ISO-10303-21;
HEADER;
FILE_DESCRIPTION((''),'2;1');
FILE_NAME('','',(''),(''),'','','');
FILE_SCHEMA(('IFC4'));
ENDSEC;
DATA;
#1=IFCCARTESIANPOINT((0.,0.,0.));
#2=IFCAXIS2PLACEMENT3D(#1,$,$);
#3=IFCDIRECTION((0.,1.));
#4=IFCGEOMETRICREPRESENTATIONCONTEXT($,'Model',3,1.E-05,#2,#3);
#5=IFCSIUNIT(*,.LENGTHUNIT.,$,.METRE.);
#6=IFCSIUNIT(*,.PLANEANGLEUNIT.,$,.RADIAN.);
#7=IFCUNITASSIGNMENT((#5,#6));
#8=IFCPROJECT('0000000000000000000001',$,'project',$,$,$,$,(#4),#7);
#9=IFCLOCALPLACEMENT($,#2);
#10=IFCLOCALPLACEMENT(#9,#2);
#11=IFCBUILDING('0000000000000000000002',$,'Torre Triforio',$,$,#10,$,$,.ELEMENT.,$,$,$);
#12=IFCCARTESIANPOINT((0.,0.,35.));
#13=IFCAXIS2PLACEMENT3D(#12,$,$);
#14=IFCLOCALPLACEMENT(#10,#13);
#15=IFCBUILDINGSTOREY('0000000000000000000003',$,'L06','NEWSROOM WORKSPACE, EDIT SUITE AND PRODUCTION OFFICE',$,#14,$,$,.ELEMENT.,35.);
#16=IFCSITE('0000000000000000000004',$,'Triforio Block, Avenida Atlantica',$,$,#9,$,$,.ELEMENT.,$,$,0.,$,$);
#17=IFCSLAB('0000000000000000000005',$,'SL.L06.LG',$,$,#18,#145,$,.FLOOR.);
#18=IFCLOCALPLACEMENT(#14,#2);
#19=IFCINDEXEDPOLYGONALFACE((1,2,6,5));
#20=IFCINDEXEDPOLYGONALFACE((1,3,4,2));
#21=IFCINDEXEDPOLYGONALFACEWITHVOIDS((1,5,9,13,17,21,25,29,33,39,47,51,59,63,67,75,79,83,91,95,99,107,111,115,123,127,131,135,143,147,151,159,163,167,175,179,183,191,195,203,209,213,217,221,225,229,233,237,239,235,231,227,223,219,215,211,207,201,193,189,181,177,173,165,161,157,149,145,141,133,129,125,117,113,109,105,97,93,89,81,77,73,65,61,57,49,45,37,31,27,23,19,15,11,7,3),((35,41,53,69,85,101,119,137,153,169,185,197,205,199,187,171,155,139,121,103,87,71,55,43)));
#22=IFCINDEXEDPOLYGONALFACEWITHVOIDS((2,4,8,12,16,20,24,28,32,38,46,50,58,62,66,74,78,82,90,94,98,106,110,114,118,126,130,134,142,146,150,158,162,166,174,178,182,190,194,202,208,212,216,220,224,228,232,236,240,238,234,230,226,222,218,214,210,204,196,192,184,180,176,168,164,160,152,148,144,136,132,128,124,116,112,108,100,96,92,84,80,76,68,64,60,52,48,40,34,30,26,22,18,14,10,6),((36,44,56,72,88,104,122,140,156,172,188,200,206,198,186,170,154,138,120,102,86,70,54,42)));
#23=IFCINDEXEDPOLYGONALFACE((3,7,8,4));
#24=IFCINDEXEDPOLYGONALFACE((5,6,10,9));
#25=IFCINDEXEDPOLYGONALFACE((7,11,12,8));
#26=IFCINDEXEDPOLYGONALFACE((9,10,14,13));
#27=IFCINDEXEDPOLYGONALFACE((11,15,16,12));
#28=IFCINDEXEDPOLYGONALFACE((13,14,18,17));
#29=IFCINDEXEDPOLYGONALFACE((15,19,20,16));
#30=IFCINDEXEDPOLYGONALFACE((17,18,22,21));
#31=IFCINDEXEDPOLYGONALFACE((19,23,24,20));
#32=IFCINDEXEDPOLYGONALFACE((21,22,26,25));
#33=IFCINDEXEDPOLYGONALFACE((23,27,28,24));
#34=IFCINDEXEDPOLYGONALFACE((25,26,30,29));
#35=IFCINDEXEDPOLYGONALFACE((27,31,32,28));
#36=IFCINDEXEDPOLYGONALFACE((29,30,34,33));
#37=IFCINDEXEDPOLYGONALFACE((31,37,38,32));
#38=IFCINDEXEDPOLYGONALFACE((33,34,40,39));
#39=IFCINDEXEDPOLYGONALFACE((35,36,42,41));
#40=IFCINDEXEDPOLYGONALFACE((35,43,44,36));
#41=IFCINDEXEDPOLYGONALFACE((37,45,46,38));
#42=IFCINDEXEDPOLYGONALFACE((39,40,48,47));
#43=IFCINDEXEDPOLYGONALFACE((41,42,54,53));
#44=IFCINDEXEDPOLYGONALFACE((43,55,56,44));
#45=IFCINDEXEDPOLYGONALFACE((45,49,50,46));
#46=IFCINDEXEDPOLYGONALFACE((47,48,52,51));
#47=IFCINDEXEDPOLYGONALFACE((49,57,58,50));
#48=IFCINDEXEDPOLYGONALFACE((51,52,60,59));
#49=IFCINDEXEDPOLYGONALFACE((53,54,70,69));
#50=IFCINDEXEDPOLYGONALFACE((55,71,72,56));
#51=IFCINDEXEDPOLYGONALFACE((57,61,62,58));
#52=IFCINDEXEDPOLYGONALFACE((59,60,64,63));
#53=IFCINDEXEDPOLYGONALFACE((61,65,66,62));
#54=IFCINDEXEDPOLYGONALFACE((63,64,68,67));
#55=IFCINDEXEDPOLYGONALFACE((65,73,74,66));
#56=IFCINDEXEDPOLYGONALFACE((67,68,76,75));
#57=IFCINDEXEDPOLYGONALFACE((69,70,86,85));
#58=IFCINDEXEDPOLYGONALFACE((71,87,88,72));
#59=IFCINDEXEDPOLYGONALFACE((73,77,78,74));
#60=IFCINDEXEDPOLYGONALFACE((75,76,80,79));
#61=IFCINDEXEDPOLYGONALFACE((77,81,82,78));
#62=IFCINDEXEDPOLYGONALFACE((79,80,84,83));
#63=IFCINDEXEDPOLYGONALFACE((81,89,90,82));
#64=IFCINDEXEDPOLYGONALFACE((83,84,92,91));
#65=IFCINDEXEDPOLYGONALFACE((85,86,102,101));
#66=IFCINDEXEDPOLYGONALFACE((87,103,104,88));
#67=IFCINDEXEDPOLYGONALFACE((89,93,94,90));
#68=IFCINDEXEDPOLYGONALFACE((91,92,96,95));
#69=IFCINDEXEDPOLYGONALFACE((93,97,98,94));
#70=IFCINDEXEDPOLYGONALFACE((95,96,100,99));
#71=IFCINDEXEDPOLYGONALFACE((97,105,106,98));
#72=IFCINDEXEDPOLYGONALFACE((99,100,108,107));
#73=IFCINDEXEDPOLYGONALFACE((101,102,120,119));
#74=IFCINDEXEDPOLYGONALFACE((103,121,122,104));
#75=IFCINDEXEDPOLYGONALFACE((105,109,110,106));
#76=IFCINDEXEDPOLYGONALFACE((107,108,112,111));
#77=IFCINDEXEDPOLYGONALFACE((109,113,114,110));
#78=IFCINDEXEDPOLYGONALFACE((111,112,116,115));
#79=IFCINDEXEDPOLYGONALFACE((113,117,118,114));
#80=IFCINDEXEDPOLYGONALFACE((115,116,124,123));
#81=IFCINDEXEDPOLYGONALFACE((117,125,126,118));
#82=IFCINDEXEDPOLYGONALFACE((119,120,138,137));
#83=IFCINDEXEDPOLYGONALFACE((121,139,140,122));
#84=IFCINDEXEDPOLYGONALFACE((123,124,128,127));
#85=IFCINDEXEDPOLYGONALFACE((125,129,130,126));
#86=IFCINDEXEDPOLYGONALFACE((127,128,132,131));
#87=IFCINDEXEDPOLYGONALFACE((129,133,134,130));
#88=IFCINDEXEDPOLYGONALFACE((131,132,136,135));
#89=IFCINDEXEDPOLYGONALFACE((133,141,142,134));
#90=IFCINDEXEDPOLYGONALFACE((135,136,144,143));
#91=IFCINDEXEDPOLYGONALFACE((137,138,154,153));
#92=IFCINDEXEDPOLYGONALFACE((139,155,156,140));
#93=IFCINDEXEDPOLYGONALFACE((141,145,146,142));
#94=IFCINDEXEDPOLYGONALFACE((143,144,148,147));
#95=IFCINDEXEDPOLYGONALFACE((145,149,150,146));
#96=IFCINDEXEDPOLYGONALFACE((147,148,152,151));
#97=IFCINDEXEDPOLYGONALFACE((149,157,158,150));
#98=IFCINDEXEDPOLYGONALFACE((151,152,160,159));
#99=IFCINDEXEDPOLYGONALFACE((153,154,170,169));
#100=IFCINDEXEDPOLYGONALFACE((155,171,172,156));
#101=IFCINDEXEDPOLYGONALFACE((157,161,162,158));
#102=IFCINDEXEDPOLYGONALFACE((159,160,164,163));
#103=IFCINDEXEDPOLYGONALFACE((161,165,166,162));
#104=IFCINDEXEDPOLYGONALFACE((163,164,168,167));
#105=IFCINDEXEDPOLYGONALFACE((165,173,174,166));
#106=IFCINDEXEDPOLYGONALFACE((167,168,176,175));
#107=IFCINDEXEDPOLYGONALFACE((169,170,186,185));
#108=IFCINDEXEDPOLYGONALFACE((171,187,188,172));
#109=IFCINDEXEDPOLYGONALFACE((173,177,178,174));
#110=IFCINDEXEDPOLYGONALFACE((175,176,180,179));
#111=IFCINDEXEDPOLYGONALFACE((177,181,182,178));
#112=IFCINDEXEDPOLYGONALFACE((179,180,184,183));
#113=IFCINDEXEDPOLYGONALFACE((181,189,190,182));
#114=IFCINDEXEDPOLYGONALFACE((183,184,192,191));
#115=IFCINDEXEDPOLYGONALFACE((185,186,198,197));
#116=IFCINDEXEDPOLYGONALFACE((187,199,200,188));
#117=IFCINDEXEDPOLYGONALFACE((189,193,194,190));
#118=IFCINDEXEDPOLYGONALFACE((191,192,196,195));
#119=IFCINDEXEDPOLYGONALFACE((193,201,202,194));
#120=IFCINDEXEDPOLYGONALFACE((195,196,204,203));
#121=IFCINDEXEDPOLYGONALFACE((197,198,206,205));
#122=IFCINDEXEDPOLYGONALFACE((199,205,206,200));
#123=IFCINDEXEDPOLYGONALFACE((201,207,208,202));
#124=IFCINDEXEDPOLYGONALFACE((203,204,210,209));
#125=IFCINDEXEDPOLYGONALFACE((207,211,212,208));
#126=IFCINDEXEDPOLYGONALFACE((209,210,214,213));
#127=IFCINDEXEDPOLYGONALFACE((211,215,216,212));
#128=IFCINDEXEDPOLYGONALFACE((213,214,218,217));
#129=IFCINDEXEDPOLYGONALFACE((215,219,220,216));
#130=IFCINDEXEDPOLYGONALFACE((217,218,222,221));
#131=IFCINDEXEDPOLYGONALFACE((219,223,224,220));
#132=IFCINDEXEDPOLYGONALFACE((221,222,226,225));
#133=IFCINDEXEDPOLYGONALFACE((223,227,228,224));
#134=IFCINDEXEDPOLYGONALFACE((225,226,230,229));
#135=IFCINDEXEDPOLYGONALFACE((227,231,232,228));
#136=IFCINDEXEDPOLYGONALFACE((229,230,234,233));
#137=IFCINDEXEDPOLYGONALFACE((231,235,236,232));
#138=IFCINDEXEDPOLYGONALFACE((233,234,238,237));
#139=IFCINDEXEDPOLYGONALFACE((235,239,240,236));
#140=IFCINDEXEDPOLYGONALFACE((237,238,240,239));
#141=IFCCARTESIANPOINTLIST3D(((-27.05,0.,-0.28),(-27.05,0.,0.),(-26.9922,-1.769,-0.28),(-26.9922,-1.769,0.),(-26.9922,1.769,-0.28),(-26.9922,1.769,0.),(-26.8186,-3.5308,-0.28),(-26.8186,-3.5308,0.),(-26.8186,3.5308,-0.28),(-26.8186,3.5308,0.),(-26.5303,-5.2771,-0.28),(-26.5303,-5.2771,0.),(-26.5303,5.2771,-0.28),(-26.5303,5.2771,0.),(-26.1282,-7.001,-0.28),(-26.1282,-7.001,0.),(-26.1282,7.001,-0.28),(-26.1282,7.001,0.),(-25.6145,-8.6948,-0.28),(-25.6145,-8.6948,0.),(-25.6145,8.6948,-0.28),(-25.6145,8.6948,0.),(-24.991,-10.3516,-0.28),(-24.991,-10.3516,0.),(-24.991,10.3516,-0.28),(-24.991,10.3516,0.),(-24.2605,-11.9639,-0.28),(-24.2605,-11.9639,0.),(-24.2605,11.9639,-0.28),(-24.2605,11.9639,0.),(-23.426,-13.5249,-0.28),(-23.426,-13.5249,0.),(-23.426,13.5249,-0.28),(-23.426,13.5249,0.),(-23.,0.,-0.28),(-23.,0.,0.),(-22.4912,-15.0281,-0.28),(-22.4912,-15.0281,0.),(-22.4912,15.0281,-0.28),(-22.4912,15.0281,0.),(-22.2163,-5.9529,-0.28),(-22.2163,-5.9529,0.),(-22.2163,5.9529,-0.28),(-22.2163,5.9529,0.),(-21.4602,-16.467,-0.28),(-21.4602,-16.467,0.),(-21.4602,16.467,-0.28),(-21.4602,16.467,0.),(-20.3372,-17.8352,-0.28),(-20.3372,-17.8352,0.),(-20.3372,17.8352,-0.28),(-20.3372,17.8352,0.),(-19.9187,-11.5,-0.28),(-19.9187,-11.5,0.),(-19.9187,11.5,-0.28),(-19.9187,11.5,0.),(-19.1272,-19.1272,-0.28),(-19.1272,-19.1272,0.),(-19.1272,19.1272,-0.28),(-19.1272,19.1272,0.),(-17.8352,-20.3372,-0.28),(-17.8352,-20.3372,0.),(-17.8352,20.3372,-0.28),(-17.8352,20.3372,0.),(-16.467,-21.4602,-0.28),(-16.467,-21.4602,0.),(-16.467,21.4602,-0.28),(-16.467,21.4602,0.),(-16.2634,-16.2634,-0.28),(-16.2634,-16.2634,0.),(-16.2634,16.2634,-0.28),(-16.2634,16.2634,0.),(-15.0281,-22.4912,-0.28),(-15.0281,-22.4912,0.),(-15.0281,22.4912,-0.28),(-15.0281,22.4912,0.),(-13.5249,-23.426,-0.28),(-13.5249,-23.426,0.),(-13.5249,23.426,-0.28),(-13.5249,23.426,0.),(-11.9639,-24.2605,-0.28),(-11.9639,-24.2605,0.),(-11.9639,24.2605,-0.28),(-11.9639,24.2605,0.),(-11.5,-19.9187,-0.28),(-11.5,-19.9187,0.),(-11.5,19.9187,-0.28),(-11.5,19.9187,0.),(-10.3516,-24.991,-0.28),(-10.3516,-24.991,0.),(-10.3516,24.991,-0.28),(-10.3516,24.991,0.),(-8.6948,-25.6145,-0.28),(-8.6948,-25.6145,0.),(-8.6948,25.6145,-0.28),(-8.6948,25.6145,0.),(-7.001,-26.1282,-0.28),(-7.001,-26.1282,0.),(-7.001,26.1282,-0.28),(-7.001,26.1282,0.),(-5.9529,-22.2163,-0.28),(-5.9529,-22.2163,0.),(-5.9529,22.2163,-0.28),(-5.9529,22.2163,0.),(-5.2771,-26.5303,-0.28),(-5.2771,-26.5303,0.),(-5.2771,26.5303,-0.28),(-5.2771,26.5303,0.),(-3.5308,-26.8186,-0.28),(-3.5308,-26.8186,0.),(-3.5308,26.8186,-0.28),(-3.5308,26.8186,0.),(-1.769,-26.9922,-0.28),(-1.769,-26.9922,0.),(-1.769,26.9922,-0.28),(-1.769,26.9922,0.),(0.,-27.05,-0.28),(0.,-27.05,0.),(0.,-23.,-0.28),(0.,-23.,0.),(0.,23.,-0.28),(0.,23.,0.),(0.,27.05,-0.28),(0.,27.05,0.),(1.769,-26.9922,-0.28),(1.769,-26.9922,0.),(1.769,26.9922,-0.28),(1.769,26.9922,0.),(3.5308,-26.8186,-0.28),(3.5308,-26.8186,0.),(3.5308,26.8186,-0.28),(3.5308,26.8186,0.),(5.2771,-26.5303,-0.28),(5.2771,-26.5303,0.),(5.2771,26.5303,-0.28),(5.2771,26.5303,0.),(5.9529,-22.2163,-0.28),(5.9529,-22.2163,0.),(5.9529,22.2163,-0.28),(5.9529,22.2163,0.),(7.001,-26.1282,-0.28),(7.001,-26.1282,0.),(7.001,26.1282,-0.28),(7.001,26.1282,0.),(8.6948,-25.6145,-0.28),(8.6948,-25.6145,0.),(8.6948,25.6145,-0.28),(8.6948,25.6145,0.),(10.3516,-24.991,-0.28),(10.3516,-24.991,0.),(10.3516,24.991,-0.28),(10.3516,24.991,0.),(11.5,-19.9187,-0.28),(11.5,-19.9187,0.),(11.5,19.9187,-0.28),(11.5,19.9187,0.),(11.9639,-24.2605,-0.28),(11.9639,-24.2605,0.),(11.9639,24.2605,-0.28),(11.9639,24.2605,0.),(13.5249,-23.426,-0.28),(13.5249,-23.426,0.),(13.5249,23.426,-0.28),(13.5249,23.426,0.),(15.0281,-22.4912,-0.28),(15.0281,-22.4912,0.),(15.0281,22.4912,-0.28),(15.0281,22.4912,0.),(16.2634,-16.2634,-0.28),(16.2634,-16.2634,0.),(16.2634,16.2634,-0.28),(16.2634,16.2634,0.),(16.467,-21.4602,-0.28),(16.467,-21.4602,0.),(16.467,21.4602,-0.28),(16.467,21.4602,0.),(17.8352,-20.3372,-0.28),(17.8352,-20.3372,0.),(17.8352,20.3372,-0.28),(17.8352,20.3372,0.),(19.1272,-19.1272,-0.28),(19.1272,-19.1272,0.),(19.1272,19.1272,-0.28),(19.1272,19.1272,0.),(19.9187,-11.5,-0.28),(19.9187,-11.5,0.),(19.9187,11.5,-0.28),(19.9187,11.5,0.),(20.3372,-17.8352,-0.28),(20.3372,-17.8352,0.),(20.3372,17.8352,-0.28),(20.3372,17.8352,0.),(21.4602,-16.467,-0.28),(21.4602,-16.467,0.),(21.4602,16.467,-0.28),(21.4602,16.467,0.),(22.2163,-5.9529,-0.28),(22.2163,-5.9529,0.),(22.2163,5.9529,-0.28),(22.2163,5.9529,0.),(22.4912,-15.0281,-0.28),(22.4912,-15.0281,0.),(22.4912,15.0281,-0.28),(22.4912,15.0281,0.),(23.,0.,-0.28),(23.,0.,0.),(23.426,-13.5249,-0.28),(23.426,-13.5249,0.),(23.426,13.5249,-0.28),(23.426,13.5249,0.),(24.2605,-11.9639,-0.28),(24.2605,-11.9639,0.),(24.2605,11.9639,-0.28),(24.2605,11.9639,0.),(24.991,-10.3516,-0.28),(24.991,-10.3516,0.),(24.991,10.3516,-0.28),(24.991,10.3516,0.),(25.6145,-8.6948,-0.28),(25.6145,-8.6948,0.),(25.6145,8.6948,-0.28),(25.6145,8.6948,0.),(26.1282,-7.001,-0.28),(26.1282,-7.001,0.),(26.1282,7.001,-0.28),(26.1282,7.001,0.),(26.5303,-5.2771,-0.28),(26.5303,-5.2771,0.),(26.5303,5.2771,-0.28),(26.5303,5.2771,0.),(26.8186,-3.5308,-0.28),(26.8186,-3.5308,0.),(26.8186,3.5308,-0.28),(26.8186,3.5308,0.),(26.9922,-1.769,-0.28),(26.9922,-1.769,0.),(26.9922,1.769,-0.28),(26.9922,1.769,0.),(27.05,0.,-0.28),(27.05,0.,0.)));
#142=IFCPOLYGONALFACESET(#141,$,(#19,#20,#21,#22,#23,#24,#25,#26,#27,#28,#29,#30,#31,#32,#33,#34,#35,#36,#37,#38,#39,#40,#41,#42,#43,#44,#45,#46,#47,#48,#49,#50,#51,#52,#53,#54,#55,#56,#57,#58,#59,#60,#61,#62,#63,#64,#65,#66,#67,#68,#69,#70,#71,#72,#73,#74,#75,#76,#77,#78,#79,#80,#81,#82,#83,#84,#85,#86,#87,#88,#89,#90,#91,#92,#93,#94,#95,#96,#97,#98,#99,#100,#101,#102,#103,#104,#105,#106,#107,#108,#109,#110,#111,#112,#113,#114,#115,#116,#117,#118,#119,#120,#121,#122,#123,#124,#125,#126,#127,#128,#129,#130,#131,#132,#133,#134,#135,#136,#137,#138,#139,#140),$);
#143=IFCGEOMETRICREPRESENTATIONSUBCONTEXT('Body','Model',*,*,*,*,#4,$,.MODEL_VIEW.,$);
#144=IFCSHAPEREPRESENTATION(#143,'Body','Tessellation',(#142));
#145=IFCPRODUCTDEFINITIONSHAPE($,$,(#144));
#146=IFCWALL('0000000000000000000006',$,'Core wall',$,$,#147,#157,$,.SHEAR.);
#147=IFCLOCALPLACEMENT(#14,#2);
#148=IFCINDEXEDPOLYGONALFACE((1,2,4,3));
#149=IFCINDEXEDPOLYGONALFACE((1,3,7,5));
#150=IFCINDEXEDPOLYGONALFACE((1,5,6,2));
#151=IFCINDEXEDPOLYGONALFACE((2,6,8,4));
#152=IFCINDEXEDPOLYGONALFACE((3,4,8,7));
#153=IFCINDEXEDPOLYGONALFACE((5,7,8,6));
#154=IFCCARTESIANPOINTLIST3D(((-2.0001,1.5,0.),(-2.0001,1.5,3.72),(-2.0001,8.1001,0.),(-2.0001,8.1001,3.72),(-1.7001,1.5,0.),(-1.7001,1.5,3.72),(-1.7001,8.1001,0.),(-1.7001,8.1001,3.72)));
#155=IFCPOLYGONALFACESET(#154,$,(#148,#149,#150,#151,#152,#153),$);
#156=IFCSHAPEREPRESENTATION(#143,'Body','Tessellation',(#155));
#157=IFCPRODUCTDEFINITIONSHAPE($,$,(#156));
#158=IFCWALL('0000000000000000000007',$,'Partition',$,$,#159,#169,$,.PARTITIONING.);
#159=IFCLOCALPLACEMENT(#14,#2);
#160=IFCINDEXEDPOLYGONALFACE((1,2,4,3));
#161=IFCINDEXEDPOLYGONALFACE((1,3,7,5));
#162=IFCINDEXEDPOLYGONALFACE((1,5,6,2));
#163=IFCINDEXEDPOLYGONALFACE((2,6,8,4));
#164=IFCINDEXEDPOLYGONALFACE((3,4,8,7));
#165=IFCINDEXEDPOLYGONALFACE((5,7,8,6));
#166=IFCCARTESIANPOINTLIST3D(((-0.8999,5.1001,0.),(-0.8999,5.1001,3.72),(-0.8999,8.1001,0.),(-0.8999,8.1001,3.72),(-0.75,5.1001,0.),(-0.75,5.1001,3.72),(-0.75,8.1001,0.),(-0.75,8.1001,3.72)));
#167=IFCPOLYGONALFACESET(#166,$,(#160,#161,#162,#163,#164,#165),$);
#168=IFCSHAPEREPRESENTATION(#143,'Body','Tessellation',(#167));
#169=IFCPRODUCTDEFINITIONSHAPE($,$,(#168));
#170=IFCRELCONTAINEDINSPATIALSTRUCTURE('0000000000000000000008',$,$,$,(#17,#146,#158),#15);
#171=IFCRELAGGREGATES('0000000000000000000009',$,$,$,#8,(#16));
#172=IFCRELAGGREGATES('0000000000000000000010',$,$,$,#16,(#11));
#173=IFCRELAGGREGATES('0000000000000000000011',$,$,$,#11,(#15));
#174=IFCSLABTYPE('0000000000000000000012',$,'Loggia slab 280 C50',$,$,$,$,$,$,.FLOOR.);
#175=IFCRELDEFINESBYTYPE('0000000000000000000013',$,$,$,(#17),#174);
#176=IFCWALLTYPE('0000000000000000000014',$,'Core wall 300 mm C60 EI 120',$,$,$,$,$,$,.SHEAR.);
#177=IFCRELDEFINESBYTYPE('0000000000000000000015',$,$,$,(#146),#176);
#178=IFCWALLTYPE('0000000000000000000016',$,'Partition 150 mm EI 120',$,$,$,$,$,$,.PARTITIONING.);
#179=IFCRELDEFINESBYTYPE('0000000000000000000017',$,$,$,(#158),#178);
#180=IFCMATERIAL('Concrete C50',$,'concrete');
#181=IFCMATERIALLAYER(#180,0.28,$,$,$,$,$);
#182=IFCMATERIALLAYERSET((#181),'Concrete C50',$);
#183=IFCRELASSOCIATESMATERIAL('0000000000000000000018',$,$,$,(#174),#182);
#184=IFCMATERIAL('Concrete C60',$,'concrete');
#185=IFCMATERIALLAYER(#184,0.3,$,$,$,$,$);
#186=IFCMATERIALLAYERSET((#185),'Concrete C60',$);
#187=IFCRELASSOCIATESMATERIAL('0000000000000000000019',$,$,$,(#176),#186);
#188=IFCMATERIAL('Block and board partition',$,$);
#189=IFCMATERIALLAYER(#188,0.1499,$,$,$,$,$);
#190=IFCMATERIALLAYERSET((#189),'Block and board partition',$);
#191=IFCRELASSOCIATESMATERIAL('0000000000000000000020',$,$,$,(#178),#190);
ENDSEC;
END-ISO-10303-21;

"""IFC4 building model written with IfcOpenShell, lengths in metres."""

from ifc_helpers import new_model, si_unit, direction, frame, frame_2d, origin, place, context, subcontext, project, spatial, polyline, rectangle, outline, extrude, material, layer, layer_set, type_object, element, save


model = new_model("IFC4")

# Units and contexts
model_context = context("Model", 3, precision=1e-05, world=origin(), true_north=direction((0.0, 1.0)))
body_context = subcontext(model_context, "Body", "Model", "MODEL_VIEW")
ifc_project = project(units=[si_unit("LENGTHUNIT", "METRE"), si_unit("PLANEANGLEUNIT", "RADIAN")], contexts=[model_context])

# Site, building, storey
site_placement = place(None, origin())
site = spatial("IfcSite", under=ifc_project, at=site_placement, Name="Triforio Block, Avenida Atlantica", CompositionType="ELEMENT", RefElevation=0.0)
building_placement = place(site_placement, origin())
building = spatial("IfcBuilding", under=site, at=building_placement, Name="Torre Triforio", CompositionType="ELEMENT")
storey_placement = place(building_placement, frame((0.0, 0.0, 35.0)))
storey = spatial("IfcBuildingStorey", under=building, at=storey_placement, Name="L06", Description="NEWSROOM WORKSPACE, EDIT SUITE AND PRODUCTION OFFICE", CompositionType="ELEMENT", Elevation=35.0)

# Slab
ifc_material_1 = material(Name="Concrete C50", Category="concrete")
ifc_layer_1 = layer(ifc_material_1, 0.28)
ifc_layer_set_1 = layer_set([ifc_layer_1], Name="Concrete C50")
slab_type = type_object("IfcSlabType", Name="Loggia slab 280 C50", PredefinedType="FLOOR", material=ifc_layer_set_1)
slab_placement = place(storey_placement, frame((0.0, 0.0, -0.28)))
element("IfcSlab", 1, at=slab_placement, inside=storey, type_object=slab_type, Name="SL.L06.LG", PredefinedType="FLOOR", context=body_context, shape_type="SweptSolid", body=[
    extrude(outline(polyline([(26.9922, -1.769), (27.05, 0.0), (26.9922, 1.769), (26.8186, 3.5308), (26.5303, 5.2771), (26.1282, 7.001), (25.6145, 8.6948), (24.991, 10.3516), (24.2605, 11.9639), (23.426, 13.5249), (22.4912, 15.0281), (21.4602, 16.467), (20.3372, 17.8352), (19.1272, 19.1272), (17.8352, 20.3372), (16.467, 21.4602), (15.0281, 22.4912), (13.5249, 23.426), (11.9639, 24.2605), (10.3516, 24.991), (8.6948, 25.6145), (7.001, 26.1282), (5.2771, 26.5303), (3.5308, 26.8186), (1.769, 26.9922), (0.0, 27.05), (-1.769, 26.9922), (-3.5308, 26.8186), (-5.2771, 26.5303), (-7.001, 26.1282), (-8.6948, 25.6145), (-10.3516, 24.991), (-11.9639, 24.2605), (-13.5249, 23.426), (-15.0281, 22.4912), (-16.467, 21.4602), (-17.8352, 20.3372), (-19.1272, 19.1272), (-20.3372, 17.8352), (-21.4602, 16.467), (-22.4912, 15.0281), (-23.426, 13.5249), (-24.2605, 11.9639), (-24.991, 10.3516), (-25.6145, 8.6948), (-26.1282, 7.001), (-26.5303, 5.2771), (-26.8186, 3.5308), (-26.9922, 1.769), (-27.05, 0.0), (-26.9922, -1.769), (-26.8186, -3.5308), (-26.5303, -5.2771), (-26.1282, -7.001), (-25.6145, -8.6948), (-24.991, -10.3516), (-24.2605, -11.9639), (-23.426, -13.5249), (-22.4912, -15.0281), (-21.4602, -16.467), (-20.3372, -17.8352), (-19.1272, -19.1272), (-17.8352, -20.3372), (-16.467, -21.4602), (-15.0281, -22.4912), (-13.5249, -23.426), (-11.9639, -24.2605), (-10.3516, -24.991), (-8.6948, -25.6145), (-7.001, -26.1282), (-5.2771, -26.5303), (-3.5308, -26.8186), (-1.769, -26.9922), (0.0, -27.05), (1.769, -26.9922), (3.5308, -26.8186), (5.2771, -26.5303), (7.001, -26.1282), (8.6948, -25.6145), (10.3516, -24.991), (11.9639, -24.2605), (13.5249, -23.426), (15.0281, -22.4912), (16.467, -21.4602), (17.8352, -20.3372), (19.1272, -19.1272), (20.3372, -17.8352), (21.4602, -16.467), (22.4912, -15.0281), (23.426, -13.5249), (24.2605, -11.9639), (24.991, -10.3516), (25.6145, -8.6948), (26.1282, -7.001), (26.5303, -5.2771), (26.8186, -3.5308), (26.9922, -1.769)]), holes=[polyline([(22.2163, 5.9529), (23.0, 0.0), (22.2163, -5.9529), (19.9187, -11.5), (16.2634, -16.2634), (11.5, -19.9187), (5.9529, -22.2163), (0.0, -23.0), (-5.9529, -22.2163), (-11.5, -19.9187), (-16.2634, -16.2634), (-19.9187, -11.5), (-22.2163, -5.9529), (-23.0, 0.0), (-22.2163, 5.9529), (-19.9187, 11.5), (-16.2634, 16.2634), (-11.5, 19.9187), (-5.9529, 22.2163), (0.0, 23.0), (5.9529, 22.2163), (11.5, 19.9187), (16.2634, 16.2634), (19.9187, 11.5), (22.2163, 5.9529)])]), origin(), (0.0, 0.0, 1.0), 0.28),
])

# Walls
ifc_material_2 = material(Name="Concrete C60", Category="concrete")
ifc_layer_2 = layer(ifc_material_2, 0.3)
ifc_layer_set_2 = layer_set([ifc_layer_2], Name="Concrete C60")
wall_type_1 = type_object("IfcWallType", Name="Core wall 300 mm C60 EI 120", PredefinedType="SHEAR", material=ifc_layer_set_2)
wall_1_placement = place(storey_placement, frame((-1.8501, 1.5, 0.0), z_axis=(0.0, 0.0, 1.0), x_axis=(0.0, 1.0, 0.0)))
element("IfcWall", 2, at=wall_1_placement, inside=storey, type_object=wall_type_1, Name="Core wall", PredefinedType="SHEAR", context=body_context, shape_type="SweptSolid", body=[
    extrude(rectangle(XDim=6.6001, YDim=0.3, at=frame_2d((3.3, 0.0))), origin(), (0.0, 0.0, 1.0), 3.72),
])
ifc_material_3 = material(Name="Block and board partition")
ifc_layer_3 = layer(ifc_material_3, 0.1499)
ifc_layer_set_3 = layer_set([ifc_layer_3], Name="Block and board partition")
wall_type_2 = type_object("IfcWallType", Name="Partition 150 mm EI 120", PredefinedType="PARTITIONING", material=ifc_layer_set_3)
wall_2_placement = place(storey_placement, frame((-0.825, 5.1001, 0.0), z_axis=(0.0, 0.0, 1.0), x_axis=(0.0, 1.0, 0.0)))
element("IfcWall", 3, at=wall_2_placement, inside=storey, type_object=wall_type_2, Name="Partition", PredefinedType="PARTITIONING", context=body_context, shape_type="SweptSolid", body=[
    extrude(rectangle(XDim=3.0, YDim=0.1499, at=frame_2d((1.5, 0.0))), origin(), (0.0, 0.0, 1.0), 3.72),
])

save(model, "model.ifc")
